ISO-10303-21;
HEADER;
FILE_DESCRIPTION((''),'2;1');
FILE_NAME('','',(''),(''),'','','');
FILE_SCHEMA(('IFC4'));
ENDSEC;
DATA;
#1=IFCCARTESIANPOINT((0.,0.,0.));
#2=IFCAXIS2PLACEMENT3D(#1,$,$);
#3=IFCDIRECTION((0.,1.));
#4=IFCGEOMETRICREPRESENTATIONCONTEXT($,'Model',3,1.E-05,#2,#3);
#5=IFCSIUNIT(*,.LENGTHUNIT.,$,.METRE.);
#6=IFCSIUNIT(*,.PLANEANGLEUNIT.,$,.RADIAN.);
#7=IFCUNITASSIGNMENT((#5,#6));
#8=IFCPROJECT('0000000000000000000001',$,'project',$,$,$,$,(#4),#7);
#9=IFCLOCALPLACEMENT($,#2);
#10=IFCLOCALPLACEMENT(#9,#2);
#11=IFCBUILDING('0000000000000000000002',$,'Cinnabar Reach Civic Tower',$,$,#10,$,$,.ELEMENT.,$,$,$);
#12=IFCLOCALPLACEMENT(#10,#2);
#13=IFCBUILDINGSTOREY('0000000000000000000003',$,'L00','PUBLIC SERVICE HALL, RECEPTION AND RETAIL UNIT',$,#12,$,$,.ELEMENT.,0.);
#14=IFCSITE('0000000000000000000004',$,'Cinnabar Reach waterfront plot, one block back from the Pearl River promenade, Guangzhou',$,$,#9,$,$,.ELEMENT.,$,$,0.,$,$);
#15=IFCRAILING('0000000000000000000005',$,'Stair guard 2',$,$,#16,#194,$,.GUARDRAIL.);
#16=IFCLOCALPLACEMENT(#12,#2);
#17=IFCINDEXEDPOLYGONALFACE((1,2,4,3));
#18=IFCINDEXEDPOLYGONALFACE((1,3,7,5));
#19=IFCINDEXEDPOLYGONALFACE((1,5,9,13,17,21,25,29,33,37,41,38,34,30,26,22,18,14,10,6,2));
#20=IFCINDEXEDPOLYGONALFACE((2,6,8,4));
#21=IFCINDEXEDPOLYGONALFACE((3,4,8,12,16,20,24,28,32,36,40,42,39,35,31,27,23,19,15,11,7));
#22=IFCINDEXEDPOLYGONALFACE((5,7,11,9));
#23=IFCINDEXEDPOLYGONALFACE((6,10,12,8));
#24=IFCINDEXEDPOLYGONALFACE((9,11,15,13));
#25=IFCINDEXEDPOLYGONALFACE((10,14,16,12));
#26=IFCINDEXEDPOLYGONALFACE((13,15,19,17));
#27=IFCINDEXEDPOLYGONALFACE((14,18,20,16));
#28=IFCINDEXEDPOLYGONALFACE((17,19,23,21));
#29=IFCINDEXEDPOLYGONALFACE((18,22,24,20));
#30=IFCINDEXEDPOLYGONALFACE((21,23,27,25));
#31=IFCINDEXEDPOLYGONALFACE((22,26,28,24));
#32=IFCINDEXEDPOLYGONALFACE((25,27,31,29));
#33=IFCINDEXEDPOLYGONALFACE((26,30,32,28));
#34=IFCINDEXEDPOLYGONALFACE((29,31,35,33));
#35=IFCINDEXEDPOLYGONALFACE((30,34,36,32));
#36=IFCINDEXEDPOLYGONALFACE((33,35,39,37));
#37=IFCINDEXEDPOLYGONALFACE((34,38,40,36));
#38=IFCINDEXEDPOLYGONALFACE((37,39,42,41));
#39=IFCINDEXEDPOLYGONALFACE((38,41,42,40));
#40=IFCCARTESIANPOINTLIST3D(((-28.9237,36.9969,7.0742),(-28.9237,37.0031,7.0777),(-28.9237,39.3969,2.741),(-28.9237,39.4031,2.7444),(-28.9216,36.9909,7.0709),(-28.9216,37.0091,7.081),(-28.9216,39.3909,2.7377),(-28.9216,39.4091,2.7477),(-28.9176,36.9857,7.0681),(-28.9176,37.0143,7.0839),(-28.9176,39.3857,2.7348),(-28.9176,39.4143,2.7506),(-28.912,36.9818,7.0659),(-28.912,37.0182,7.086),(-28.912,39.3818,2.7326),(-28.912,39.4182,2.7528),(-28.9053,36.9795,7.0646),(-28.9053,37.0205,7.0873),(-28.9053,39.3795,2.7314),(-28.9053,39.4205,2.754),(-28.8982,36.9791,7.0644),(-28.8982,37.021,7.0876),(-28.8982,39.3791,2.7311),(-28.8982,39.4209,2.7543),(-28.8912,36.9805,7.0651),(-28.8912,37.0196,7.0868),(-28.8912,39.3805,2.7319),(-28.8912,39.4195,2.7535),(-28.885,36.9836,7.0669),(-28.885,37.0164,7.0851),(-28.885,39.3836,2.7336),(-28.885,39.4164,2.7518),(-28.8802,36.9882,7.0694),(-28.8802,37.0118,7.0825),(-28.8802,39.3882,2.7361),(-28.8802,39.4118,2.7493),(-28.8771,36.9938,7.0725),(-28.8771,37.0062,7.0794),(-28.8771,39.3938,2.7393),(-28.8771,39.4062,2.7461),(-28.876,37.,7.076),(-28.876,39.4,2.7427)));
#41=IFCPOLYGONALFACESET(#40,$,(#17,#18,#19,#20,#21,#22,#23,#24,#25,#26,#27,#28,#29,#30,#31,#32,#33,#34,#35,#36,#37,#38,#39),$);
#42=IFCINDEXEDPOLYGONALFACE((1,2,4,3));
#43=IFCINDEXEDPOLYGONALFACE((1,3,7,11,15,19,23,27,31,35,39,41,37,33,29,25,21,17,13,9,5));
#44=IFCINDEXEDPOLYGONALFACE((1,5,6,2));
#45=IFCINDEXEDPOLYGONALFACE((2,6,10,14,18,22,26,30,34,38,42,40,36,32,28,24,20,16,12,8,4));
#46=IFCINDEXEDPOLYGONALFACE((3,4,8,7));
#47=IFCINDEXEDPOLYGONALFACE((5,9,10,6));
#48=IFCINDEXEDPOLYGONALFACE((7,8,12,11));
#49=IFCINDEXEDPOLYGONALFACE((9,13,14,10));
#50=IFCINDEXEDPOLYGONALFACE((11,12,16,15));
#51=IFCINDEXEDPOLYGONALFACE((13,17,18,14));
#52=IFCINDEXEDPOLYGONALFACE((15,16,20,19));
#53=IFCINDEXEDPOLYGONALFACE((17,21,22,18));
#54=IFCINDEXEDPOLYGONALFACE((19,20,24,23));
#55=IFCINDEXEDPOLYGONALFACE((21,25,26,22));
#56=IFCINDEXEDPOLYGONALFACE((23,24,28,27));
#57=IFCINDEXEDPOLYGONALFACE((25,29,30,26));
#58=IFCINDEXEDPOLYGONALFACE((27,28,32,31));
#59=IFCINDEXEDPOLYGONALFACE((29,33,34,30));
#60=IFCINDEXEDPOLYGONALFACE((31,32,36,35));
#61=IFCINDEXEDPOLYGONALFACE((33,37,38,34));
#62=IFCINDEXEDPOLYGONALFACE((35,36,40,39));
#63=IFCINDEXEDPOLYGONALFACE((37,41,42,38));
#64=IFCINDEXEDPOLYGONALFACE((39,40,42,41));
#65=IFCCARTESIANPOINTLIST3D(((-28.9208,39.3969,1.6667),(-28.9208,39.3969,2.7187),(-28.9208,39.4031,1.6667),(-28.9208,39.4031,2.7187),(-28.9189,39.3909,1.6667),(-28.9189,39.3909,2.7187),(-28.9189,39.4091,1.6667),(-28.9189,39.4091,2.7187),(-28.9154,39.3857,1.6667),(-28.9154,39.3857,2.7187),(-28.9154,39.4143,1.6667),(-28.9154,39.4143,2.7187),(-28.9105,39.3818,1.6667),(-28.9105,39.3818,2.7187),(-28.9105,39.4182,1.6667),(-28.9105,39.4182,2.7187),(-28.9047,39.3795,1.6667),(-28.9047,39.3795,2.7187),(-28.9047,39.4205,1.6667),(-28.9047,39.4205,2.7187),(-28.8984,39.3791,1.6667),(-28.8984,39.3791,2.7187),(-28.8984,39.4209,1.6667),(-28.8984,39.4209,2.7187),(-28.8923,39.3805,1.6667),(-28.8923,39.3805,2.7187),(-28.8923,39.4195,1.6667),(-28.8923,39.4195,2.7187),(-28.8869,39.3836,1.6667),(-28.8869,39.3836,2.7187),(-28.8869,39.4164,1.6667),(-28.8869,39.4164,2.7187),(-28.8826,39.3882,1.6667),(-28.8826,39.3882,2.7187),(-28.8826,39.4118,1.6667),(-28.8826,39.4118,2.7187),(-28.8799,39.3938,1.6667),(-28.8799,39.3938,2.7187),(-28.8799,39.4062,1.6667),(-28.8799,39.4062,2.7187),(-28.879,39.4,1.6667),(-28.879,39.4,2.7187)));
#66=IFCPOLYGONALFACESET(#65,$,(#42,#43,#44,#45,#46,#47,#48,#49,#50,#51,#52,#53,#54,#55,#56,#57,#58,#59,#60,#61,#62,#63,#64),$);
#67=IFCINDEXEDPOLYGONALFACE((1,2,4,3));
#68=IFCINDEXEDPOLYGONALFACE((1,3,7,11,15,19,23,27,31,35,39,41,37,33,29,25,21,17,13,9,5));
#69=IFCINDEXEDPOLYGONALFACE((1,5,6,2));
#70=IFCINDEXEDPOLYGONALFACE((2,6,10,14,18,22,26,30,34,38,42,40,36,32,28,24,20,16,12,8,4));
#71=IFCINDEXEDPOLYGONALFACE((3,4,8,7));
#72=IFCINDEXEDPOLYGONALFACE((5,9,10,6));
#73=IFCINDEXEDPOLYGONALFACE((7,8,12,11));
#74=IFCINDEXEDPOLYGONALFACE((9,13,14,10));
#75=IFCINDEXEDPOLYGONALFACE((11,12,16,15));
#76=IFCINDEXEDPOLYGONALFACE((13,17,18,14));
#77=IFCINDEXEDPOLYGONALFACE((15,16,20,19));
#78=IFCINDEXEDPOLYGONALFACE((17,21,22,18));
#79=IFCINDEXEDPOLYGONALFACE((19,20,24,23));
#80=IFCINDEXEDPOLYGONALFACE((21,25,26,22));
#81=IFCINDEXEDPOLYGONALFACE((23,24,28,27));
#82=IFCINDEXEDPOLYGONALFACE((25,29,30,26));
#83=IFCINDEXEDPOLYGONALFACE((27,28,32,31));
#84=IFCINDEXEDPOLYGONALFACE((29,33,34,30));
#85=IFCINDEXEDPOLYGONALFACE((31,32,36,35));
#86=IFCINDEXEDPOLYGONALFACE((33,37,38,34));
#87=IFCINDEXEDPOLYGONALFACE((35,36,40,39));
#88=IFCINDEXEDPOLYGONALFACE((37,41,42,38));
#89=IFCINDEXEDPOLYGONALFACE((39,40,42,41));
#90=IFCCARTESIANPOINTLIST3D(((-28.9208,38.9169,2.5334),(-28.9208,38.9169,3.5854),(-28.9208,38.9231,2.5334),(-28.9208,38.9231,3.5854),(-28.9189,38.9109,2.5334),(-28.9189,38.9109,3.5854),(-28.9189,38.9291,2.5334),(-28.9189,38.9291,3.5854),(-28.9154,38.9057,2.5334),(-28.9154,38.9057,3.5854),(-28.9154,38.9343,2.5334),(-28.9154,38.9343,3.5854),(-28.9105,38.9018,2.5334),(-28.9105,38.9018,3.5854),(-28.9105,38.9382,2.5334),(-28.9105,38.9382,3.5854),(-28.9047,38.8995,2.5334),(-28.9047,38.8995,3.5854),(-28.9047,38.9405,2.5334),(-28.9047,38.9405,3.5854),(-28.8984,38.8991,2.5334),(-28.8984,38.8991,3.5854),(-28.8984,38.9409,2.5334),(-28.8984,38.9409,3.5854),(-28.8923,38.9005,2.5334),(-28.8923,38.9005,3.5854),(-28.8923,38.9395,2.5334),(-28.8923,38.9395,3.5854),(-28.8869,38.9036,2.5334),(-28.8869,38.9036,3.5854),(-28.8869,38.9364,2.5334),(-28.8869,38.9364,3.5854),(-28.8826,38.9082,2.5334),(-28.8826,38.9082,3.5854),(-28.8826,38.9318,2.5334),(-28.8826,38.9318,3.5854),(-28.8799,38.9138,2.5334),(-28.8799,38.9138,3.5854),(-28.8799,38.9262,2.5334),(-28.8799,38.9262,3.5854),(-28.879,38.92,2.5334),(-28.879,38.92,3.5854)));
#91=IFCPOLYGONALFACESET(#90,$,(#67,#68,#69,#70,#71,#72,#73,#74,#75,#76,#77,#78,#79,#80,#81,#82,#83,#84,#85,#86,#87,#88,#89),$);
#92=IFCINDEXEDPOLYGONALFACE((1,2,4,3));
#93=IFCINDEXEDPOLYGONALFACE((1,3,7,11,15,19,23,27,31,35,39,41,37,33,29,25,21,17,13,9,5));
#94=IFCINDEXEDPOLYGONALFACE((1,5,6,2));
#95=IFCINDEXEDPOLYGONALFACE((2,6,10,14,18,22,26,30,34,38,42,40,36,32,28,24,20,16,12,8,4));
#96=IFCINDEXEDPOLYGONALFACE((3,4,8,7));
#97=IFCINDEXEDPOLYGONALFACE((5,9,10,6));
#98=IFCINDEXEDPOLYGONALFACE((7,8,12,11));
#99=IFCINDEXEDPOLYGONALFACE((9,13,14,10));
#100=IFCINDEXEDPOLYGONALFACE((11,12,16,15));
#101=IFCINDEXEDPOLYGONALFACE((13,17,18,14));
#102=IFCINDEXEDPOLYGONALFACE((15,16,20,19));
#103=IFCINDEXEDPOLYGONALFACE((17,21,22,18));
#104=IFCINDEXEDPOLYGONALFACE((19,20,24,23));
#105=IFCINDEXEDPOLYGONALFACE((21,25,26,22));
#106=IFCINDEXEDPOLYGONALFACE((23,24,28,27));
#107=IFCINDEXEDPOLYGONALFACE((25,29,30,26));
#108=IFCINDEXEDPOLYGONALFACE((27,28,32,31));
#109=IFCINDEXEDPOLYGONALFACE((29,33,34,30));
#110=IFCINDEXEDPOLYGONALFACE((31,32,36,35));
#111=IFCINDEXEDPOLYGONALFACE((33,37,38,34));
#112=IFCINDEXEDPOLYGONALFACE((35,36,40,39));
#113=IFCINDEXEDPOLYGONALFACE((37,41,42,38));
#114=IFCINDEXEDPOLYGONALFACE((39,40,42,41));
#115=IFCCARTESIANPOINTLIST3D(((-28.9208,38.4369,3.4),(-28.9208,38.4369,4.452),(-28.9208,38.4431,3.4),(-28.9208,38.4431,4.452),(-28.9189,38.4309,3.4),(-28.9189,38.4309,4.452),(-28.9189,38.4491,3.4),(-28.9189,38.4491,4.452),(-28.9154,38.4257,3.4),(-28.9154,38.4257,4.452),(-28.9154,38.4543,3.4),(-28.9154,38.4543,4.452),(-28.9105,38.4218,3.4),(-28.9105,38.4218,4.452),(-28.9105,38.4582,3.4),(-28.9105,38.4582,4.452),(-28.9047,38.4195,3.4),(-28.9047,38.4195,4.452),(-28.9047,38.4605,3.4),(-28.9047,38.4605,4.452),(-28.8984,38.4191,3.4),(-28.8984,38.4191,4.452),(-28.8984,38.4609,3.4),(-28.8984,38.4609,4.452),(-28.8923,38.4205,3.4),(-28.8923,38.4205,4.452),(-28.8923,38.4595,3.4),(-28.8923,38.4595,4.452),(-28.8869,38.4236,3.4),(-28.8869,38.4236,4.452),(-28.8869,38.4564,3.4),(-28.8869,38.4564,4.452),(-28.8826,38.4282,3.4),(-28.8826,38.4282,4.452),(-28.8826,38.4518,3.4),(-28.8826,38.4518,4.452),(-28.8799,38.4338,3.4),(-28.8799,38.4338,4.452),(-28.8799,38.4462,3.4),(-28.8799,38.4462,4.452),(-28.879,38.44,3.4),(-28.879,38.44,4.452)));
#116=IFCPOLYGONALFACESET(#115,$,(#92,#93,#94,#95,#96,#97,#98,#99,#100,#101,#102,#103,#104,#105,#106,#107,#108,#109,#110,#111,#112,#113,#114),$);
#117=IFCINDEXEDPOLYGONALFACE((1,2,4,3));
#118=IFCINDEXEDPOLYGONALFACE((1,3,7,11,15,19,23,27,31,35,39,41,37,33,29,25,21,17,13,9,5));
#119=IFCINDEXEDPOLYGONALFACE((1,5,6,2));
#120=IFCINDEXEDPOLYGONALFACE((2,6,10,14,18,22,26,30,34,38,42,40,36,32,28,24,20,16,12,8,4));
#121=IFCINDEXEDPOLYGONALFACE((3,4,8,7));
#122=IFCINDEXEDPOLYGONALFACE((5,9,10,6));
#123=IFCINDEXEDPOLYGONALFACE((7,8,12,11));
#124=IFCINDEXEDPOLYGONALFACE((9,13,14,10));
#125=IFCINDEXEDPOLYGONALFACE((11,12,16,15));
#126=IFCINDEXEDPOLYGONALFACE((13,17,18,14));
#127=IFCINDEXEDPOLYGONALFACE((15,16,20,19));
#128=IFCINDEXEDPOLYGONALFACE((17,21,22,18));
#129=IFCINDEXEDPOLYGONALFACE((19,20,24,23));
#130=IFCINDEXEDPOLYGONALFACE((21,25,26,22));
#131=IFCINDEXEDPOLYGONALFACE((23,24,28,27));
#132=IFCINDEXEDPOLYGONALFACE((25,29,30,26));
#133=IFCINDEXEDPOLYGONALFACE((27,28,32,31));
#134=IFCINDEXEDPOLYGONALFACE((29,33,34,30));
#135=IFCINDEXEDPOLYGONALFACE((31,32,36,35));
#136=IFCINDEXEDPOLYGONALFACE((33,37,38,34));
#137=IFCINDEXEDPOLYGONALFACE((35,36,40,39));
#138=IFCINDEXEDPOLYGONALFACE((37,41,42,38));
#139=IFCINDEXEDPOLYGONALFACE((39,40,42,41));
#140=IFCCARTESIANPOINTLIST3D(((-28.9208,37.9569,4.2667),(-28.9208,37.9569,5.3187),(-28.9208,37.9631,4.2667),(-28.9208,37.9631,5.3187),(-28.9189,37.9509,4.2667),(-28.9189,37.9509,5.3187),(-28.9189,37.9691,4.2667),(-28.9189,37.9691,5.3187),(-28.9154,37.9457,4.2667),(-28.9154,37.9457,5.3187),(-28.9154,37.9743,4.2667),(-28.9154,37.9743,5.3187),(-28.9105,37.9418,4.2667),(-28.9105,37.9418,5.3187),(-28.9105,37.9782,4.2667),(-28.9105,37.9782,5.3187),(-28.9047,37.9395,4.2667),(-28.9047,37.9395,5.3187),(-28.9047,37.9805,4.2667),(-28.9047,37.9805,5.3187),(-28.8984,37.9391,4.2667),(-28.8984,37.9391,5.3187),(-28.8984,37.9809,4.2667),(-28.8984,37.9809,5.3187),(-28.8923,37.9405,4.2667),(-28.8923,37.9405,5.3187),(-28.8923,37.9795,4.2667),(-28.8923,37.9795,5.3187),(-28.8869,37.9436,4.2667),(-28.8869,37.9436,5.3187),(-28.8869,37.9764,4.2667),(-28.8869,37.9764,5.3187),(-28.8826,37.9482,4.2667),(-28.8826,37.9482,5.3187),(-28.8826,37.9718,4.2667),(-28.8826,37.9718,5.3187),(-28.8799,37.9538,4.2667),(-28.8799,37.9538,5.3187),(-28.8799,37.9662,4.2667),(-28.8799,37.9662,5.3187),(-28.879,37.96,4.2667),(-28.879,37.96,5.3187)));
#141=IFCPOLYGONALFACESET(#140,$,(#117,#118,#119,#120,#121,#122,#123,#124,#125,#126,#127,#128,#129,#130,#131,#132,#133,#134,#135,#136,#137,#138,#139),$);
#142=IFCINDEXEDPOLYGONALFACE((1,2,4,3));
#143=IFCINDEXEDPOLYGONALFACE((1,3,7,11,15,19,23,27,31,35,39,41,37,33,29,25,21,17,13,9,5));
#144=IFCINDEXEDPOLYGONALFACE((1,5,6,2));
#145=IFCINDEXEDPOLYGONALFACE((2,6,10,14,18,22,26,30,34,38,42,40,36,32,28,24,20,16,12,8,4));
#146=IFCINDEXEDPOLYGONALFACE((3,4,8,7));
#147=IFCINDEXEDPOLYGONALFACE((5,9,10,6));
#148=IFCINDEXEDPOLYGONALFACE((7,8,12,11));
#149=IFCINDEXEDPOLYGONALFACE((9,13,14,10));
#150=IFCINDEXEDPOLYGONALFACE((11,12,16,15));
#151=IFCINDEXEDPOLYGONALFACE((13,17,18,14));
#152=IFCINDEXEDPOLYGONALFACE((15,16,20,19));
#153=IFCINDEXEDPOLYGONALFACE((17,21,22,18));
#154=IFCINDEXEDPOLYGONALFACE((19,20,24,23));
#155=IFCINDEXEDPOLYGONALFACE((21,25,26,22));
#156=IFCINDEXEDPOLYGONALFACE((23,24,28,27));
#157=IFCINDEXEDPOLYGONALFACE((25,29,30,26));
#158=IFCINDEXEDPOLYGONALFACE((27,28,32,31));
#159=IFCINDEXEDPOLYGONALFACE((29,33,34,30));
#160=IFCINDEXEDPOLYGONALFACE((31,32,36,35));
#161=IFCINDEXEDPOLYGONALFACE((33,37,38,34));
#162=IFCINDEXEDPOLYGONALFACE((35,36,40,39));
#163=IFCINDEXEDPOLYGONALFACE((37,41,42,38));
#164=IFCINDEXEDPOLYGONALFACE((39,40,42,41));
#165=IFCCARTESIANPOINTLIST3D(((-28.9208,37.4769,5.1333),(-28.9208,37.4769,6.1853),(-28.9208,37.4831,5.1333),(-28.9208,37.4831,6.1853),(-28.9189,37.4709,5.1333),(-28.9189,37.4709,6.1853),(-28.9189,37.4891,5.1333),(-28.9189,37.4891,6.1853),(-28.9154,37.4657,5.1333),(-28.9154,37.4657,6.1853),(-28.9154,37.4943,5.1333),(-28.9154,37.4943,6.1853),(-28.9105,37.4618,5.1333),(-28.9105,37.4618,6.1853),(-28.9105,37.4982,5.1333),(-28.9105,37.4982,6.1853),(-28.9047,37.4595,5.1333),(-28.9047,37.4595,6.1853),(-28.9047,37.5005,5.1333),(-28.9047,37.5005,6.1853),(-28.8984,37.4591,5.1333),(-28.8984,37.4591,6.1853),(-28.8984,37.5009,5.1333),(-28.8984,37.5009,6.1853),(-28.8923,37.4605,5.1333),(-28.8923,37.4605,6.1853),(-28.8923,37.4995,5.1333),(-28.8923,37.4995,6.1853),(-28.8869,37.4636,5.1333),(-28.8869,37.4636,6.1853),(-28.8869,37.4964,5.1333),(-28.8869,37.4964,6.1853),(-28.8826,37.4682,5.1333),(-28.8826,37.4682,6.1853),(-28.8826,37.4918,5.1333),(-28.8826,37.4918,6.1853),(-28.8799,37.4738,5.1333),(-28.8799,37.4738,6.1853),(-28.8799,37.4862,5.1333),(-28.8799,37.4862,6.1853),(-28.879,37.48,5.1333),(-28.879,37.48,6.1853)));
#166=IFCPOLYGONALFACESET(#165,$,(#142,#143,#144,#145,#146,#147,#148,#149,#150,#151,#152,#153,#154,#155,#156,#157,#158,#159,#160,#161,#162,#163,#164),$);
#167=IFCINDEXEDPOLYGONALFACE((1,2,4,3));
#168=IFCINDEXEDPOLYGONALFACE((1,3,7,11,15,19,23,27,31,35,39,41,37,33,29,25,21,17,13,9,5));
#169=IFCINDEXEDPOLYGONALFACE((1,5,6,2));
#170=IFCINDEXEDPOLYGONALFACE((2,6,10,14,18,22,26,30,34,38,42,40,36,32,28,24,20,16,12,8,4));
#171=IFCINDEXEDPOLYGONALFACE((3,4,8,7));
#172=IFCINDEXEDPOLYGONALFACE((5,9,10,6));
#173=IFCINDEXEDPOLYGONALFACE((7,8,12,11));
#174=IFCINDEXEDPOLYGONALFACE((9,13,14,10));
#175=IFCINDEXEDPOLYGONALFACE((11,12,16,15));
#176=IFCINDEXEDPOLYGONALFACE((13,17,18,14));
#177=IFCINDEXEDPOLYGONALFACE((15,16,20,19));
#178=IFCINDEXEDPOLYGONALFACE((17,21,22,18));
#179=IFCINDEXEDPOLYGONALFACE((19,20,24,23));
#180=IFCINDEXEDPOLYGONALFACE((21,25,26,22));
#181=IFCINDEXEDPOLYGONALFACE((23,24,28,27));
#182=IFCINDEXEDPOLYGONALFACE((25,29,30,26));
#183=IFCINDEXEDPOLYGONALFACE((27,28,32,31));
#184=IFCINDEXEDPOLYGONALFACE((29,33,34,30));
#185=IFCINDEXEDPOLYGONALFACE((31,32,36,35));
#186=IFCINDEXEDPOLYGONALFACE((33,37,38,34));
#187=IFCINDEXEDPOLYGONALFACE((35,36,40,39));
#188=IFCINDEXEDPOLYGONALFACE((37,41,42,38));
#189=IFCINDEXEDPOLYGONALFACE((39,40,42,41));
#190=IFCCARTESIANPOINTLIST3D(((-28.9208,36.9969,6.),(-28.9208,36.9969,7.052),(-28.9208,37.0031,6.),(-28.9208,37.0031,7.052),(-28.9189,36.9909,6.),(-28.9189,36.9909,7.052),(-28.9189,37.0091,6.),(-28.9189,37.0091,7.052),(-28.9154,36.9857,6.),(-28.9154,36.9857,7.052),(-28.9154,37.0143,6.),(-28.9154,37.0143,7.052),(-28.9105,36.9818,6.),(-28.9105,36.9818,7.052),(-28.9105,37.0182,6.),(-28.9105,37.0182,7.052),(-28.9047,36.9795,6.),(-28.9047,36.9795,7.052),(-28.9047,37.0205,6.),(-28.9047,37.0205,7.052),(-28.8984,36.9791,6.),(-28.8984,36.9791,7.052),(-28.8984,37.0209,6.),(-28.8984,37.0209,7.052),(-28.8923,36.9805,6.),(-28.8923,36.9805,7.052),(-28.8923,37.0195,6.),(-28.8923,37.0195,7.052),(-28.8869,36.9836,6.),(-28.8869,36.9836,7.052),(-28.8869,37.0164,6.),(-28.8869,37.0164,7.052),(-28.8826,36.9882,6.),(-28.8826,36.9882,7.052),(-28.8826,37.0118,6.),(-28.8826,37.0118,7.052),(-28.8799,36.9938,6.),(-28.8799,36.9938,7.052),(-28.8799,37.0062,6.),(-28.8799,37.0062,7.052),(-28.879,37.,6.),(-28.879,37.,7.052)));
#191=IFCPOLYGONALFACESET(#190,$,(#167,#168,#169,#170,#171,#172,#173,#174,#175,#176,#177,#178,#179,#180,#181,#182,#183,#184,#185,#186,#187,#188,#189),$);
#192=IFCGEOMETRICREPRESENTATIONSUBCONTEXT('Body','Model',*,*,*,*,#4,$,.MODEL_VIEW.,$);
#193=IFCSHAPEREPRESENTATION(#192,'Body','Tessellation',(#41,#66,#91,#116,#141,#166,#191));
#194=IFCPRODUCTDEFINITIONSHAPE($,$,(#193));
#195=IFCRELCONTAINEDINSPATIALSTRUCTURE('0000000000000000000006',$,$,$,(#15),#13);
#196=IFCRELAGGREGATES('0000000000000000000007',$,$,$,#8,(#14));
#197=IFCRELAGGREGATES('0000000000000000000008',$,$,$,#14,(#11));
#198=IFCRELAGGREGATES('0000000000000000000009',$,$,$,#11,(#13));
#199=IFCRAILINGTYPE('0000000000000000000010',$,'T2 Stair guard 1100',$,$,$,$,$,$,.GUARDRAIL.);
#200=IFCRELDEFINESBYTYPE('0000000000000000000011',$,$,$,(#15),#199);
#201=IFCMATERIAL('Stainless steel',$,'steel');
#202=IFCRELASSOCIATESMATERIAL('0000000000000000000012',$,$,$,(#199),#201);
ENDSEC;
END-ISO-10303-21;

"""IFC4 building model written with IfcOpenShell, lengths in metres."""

from ifc_helpers import new_model, si_unit, direction, frame, origin, origin_2d, place, context, subcontext, project, spatial, circle, extrude, material, type_object, element, save


model = new_model("IFC4")

# Units and contexts
model_context = context("Model", 3, precision=1e-05, world=origin(), true_north=direction((0.0, 1.0)))
body_context = subcontext(model_context, "Body", "Model", "MODEL_VIEW")
ifc_project = project(units=[si_unit("LENGTHUNIT", "METRE"), si_unit("PLANEANGLEUNIT", "RADIAN")], contexts=[model_context])

# Site, building, storey
site_placement = place(None, origin())
site = spatial("IfcSite", under=ifc_project, at=site_placement, Name="Cinnabar Reach waterfront plot, one block back from the Pearl River promenade, Guangzhou", CompositionType="ELEMENT", RefElevation=0.0)
building_placement = place(site_placement, origin())
building = spatial("IfcBuilding", under=site, at=building_placement, Name="Cinnabar Reach Civic Tower", CompositionType="ELEMENT")
storey_placement = place(building_placement, origin())
storey = spatial("IfcBuildingStorey", under=building, at=storey_placement, Name="L00", Description="PUBLIC SERVICE HALL, RECEPTION AND RETAIL UNIT", CompositionType="ELEMENT", Elevation=0.0)

# Railing
ifc_material_1 = material(Name="Stainless steel", Category="steel")
railing_type = type_object("IfcRailingType", Name="T2 Stair guard 1100", PredefinedType="GUARDRAIL", material=ifc_material_1)
railing_1_placement = place(storey_placement, frame((-28.9, 39.4, 1.6667)))
element("IfcRailing", 1, at=railing_1_placement, inside=storey, type_object=railing_type, Name="Stair guard 2", PredefinedType="GUARDRAIL", context=body_context, shape_type="SweptSolid", body=[
    extrude(circle(Radius=0.024, at=origin_2d()), frame((0.0, 0.0, 1.076), z_axis=(0.0, -0.484503, 0.87479), x_axis=(1.0, 0.0, 0.0)), (0.0, 0.0, 1.0), 4.9535),
    extrude(circle(Radius=0.021, at=origin_2d()), origin(), (0.0, 0.0, 1.0), 1.052),
    extrude(circle(Radius=0.021, at=origin_2d()), frame((0.0, -0.48, 0.8667)), (0.0, 0.0, 1.0), 1.052),
    extrude(circle(Radius=0.021, at=origin_2d()), frame((0.0, -0.96, 1.7333)), (0.0, 0.0, 1.0), 1.052),
    extrude(circle(Radius=0.021, at=origin_2d()), frame((0.0, -1.44, 2.6)), (0.0, 0.0, 1.0), 1.052),
    extrude(circle(Radius=0.021, at=origin_2d()), frame((0.0, -1.92, 3.4666)), (0.0, 0.0, 1.0), 1.052),
    extrude(circle(Radius=0.021, at=origin_2d()), frame((0.0, -2.4, 4.3333)), (0.0, 0.0, 1.0), 1.052),
])

save(model, "model.ifc")
